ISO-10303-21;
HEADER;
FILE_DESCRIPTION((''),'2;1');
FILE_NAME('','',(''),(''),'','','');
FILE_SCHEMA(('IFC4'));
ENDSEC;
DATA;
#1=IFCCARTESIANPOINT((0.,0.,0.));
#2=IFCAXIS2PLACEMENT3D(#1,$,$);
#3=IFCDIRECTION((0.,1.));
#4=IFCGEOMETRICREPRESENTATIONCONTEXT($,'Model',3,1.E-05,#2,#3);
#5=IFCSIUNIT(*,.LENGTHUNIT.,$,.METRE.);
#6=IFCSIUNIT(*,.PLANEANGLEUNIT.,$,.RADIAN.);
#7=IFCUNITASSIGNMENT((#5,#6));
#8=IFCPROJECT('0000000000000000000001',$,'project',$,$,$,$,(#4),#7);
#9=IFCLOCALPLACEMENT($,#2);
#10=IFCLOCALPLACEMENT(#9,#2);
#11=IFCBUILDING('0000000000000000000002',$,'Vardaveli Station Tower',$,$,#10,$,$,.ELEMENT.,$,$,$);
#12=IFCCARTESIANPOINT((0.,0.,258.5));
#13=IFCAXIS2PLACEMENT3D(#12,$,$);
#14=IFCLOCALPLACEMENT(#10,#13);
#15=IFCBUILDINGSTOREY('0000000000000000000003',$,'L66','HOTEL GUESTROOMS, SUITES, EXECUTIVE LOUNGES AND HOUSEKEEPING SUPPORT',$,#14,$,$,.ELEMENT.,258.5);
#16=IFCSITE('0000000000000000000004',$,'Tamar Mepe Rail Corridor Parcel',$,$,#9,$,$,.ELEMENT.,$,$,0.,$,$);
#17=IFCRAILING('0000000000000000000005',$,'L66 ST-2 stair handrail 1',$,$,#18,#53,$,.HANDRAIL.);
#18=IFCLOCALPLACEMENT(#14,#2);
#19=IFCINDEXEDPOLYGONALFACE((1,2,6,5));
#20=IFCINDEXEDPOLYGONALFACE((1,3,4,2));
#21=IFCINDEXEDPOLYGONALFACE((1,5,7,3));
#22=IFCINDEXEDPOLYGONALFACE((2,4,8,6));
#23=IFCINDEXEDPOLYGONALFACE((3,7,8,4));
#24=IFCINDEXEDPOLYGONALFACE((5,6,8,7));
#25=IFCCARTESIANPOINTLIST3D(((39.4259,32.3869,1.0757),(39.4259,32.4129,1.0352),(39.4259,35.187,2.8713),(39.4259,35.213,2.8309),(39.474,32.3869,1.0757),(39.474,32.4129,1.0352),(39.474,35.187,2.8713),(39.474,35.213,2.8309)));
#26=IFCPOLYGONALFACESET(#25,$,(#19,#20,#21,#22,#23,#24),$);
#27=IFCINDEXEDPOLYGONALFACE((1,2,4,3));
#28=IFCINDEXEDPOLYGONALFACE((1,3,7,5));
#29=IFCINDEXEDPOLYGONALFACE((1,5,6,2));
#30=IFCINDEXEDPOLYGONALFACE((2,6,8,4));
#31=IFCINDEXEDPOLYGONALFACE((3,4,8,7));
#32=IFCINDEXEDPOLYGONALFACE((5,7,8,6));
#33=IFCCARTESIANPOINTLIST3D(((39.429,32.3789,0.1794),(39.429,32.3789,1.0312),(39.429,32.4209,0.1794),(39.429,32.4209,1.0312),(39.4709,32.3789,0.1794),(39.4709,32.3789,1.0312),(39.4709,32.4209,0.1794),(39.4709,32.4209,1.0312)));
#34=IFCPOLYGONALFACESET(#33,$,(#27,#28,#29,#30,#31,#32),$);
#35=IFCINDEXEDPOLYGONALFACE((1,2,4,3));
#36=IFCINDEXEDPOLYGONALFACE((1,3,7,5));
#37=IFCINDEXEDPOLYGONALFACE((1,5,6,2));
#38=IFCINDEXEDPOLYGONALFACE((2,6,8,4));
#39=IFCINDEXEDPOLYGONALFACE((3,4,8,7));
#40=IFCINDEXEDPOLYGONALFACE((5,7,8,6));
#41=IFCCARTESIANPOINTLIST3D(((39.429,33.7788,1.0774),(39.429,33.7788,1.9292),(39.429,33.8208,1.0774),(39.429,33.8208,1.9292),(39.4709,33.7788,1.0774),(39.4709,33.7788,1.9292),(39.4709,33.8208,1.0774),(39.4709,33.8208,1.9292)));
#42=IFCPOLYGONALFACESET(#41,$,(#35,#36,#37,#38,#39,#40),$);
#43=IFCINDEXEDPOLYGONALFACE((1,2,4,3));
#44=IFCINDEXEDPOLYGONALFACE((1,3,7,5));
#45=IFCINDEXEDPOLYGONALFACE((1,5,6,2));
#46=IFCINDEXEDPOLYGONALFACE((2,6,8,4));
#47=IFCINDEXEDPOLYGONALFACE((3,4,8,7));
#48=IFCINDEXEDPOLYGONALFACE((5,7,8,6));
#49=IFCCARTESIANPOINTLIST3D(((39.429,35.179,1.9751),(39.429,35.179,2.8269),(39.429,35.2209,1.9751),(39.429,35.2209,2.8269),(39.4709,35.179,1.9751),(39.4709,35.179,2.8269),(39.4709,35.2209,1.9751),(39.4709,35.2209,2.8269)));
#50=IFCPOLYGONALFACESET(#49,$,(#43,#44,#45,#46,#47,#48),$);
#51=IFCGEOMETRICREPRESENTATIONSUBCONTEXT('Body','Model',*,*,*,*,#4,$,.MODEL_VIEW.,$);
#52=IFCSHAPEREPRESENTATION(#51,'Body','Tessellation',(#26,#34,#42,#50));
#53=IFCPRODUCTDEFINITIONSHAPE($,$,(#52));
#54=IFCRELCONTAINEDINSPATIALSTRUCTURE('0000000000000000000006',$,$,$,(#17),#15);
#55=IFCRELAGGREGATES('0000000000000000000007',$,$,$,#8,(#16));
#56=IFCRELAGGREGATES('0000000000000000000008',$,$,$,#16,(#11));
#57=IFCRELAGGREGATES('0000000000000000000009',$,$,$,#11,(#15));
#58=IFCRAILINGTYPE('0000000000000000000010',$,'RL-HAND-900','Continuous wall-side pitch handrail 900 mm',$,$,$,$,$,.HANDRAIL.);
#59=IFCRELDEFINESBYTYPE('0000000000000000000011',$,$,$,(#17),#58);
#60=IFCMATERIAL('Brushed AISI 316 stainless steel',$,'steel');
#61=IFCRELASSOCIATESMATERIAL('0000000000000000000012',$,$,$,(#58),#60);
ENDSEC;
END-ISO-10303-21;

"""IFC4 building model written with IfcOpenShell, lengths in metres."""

from ifc_helpers import new_model, si_unit, direction, frame, origin, origin_2d, place, context, subcontext, project, spatial, rectangle, extrude, source, transform, mapped, material, type_object, element, save


model = new_model("IFC4")

# Units and contexts
model_context = context("Model", 3, precision=1e-05, world=origin(), true_north=direction((0.0, 1.0)))
body_context = subcontext(model_context, "Body", "Model", "MODEL_VIEW")
ifc_project = project(units=[si_unit("LENGTHUNIT", "METRE"), si_unit("PLANEANGLEUNIT", "RADIAN")], contexts=[model_context])

# Site, building, storey
site_placement = place(None, origin())
site = spatial("IfcSite", under=ifc_project, at=site_placement, Name="Tamar Mepe Rail Corridor Parcel", CompositionType="ELEMENT", RefElevation=0.0)
building_placement = place(site_placement, origin())
building = spatial("IfcBuilding", under=site, at=building_placement, Name="Vardaveli Station Tower", CompositionType="ELEMENT")
storey_placement = place(building_placement, frame((0.0, 0.0, 258.5)))
storey = spatial("IfcBuildingStorey", under=building, at=storey_placement, Name="L66", Description="HOTEL GUESTROOMS, SUITES, EXECUTIVE LOUNGES AND HOUSEKEEPING SUPPORT", CompositionType="ELEMENT", Elevation=258.5)

# Railing
ifc_material_1 = material(Name="Brushed AISI 316 stainless steel", Category="steel")
railing_type_1 = type_object("IfcRailingType", Name="RL-HAND-900", Description="Continuous wall-side pitch handrail 900 mm", PredefinedType="HANDRAIL", material=ifc_material_1)
shared_shape_1 = source(origin(), body_context, "Body", "SweptSolid", [
    extrude(rectangle(XDim=0.0481, YDim=0.0481, at=origin_2d()), frame((0.0, 0.0, 0.876), z_axis=(0.0, 0.841777, 0.539826), x_axis=(-1.0, 0.0, 0.0)), (0.0, 0.0, 1.0), 3.3264),
    extrude(rectangle(XDim=0.042, YDim=0.042, at=origin_2d()), origin(), (0.0, 0.0, 1.0), 0.8518),
    extrude(rectangle(XDim=0.042, YDim=0.042, at=origin_2d()), frame((0.0, 1.3999, 0.8979)), (0.0, 0.0, 1.0), 0.8518),
    extrude(rectangle(XDim=0.042, YDim=0.042, at=origin_2d()), frame((0.0, 2.8, 1.7957)), (0.0, 0.0, 1.0), 0.8518),
])
railing_1_placement = place(storey_placement, frame((39.45, 32.3999, 0.1794)))
element("IfcRailing", 1, at=railing_1_placement, inside=storey, type_object=railing_type_1, Name="L66 ST-2 stair handrail 1", PredefinedType="HANDRAIL", context=body_context, shape_type="MappedRepresentation", body=[
    mapped(shared_shape_1, transform((0.0, 0.0, 0.0), scale=1.0)),
])

save(model, "model.ifc")
